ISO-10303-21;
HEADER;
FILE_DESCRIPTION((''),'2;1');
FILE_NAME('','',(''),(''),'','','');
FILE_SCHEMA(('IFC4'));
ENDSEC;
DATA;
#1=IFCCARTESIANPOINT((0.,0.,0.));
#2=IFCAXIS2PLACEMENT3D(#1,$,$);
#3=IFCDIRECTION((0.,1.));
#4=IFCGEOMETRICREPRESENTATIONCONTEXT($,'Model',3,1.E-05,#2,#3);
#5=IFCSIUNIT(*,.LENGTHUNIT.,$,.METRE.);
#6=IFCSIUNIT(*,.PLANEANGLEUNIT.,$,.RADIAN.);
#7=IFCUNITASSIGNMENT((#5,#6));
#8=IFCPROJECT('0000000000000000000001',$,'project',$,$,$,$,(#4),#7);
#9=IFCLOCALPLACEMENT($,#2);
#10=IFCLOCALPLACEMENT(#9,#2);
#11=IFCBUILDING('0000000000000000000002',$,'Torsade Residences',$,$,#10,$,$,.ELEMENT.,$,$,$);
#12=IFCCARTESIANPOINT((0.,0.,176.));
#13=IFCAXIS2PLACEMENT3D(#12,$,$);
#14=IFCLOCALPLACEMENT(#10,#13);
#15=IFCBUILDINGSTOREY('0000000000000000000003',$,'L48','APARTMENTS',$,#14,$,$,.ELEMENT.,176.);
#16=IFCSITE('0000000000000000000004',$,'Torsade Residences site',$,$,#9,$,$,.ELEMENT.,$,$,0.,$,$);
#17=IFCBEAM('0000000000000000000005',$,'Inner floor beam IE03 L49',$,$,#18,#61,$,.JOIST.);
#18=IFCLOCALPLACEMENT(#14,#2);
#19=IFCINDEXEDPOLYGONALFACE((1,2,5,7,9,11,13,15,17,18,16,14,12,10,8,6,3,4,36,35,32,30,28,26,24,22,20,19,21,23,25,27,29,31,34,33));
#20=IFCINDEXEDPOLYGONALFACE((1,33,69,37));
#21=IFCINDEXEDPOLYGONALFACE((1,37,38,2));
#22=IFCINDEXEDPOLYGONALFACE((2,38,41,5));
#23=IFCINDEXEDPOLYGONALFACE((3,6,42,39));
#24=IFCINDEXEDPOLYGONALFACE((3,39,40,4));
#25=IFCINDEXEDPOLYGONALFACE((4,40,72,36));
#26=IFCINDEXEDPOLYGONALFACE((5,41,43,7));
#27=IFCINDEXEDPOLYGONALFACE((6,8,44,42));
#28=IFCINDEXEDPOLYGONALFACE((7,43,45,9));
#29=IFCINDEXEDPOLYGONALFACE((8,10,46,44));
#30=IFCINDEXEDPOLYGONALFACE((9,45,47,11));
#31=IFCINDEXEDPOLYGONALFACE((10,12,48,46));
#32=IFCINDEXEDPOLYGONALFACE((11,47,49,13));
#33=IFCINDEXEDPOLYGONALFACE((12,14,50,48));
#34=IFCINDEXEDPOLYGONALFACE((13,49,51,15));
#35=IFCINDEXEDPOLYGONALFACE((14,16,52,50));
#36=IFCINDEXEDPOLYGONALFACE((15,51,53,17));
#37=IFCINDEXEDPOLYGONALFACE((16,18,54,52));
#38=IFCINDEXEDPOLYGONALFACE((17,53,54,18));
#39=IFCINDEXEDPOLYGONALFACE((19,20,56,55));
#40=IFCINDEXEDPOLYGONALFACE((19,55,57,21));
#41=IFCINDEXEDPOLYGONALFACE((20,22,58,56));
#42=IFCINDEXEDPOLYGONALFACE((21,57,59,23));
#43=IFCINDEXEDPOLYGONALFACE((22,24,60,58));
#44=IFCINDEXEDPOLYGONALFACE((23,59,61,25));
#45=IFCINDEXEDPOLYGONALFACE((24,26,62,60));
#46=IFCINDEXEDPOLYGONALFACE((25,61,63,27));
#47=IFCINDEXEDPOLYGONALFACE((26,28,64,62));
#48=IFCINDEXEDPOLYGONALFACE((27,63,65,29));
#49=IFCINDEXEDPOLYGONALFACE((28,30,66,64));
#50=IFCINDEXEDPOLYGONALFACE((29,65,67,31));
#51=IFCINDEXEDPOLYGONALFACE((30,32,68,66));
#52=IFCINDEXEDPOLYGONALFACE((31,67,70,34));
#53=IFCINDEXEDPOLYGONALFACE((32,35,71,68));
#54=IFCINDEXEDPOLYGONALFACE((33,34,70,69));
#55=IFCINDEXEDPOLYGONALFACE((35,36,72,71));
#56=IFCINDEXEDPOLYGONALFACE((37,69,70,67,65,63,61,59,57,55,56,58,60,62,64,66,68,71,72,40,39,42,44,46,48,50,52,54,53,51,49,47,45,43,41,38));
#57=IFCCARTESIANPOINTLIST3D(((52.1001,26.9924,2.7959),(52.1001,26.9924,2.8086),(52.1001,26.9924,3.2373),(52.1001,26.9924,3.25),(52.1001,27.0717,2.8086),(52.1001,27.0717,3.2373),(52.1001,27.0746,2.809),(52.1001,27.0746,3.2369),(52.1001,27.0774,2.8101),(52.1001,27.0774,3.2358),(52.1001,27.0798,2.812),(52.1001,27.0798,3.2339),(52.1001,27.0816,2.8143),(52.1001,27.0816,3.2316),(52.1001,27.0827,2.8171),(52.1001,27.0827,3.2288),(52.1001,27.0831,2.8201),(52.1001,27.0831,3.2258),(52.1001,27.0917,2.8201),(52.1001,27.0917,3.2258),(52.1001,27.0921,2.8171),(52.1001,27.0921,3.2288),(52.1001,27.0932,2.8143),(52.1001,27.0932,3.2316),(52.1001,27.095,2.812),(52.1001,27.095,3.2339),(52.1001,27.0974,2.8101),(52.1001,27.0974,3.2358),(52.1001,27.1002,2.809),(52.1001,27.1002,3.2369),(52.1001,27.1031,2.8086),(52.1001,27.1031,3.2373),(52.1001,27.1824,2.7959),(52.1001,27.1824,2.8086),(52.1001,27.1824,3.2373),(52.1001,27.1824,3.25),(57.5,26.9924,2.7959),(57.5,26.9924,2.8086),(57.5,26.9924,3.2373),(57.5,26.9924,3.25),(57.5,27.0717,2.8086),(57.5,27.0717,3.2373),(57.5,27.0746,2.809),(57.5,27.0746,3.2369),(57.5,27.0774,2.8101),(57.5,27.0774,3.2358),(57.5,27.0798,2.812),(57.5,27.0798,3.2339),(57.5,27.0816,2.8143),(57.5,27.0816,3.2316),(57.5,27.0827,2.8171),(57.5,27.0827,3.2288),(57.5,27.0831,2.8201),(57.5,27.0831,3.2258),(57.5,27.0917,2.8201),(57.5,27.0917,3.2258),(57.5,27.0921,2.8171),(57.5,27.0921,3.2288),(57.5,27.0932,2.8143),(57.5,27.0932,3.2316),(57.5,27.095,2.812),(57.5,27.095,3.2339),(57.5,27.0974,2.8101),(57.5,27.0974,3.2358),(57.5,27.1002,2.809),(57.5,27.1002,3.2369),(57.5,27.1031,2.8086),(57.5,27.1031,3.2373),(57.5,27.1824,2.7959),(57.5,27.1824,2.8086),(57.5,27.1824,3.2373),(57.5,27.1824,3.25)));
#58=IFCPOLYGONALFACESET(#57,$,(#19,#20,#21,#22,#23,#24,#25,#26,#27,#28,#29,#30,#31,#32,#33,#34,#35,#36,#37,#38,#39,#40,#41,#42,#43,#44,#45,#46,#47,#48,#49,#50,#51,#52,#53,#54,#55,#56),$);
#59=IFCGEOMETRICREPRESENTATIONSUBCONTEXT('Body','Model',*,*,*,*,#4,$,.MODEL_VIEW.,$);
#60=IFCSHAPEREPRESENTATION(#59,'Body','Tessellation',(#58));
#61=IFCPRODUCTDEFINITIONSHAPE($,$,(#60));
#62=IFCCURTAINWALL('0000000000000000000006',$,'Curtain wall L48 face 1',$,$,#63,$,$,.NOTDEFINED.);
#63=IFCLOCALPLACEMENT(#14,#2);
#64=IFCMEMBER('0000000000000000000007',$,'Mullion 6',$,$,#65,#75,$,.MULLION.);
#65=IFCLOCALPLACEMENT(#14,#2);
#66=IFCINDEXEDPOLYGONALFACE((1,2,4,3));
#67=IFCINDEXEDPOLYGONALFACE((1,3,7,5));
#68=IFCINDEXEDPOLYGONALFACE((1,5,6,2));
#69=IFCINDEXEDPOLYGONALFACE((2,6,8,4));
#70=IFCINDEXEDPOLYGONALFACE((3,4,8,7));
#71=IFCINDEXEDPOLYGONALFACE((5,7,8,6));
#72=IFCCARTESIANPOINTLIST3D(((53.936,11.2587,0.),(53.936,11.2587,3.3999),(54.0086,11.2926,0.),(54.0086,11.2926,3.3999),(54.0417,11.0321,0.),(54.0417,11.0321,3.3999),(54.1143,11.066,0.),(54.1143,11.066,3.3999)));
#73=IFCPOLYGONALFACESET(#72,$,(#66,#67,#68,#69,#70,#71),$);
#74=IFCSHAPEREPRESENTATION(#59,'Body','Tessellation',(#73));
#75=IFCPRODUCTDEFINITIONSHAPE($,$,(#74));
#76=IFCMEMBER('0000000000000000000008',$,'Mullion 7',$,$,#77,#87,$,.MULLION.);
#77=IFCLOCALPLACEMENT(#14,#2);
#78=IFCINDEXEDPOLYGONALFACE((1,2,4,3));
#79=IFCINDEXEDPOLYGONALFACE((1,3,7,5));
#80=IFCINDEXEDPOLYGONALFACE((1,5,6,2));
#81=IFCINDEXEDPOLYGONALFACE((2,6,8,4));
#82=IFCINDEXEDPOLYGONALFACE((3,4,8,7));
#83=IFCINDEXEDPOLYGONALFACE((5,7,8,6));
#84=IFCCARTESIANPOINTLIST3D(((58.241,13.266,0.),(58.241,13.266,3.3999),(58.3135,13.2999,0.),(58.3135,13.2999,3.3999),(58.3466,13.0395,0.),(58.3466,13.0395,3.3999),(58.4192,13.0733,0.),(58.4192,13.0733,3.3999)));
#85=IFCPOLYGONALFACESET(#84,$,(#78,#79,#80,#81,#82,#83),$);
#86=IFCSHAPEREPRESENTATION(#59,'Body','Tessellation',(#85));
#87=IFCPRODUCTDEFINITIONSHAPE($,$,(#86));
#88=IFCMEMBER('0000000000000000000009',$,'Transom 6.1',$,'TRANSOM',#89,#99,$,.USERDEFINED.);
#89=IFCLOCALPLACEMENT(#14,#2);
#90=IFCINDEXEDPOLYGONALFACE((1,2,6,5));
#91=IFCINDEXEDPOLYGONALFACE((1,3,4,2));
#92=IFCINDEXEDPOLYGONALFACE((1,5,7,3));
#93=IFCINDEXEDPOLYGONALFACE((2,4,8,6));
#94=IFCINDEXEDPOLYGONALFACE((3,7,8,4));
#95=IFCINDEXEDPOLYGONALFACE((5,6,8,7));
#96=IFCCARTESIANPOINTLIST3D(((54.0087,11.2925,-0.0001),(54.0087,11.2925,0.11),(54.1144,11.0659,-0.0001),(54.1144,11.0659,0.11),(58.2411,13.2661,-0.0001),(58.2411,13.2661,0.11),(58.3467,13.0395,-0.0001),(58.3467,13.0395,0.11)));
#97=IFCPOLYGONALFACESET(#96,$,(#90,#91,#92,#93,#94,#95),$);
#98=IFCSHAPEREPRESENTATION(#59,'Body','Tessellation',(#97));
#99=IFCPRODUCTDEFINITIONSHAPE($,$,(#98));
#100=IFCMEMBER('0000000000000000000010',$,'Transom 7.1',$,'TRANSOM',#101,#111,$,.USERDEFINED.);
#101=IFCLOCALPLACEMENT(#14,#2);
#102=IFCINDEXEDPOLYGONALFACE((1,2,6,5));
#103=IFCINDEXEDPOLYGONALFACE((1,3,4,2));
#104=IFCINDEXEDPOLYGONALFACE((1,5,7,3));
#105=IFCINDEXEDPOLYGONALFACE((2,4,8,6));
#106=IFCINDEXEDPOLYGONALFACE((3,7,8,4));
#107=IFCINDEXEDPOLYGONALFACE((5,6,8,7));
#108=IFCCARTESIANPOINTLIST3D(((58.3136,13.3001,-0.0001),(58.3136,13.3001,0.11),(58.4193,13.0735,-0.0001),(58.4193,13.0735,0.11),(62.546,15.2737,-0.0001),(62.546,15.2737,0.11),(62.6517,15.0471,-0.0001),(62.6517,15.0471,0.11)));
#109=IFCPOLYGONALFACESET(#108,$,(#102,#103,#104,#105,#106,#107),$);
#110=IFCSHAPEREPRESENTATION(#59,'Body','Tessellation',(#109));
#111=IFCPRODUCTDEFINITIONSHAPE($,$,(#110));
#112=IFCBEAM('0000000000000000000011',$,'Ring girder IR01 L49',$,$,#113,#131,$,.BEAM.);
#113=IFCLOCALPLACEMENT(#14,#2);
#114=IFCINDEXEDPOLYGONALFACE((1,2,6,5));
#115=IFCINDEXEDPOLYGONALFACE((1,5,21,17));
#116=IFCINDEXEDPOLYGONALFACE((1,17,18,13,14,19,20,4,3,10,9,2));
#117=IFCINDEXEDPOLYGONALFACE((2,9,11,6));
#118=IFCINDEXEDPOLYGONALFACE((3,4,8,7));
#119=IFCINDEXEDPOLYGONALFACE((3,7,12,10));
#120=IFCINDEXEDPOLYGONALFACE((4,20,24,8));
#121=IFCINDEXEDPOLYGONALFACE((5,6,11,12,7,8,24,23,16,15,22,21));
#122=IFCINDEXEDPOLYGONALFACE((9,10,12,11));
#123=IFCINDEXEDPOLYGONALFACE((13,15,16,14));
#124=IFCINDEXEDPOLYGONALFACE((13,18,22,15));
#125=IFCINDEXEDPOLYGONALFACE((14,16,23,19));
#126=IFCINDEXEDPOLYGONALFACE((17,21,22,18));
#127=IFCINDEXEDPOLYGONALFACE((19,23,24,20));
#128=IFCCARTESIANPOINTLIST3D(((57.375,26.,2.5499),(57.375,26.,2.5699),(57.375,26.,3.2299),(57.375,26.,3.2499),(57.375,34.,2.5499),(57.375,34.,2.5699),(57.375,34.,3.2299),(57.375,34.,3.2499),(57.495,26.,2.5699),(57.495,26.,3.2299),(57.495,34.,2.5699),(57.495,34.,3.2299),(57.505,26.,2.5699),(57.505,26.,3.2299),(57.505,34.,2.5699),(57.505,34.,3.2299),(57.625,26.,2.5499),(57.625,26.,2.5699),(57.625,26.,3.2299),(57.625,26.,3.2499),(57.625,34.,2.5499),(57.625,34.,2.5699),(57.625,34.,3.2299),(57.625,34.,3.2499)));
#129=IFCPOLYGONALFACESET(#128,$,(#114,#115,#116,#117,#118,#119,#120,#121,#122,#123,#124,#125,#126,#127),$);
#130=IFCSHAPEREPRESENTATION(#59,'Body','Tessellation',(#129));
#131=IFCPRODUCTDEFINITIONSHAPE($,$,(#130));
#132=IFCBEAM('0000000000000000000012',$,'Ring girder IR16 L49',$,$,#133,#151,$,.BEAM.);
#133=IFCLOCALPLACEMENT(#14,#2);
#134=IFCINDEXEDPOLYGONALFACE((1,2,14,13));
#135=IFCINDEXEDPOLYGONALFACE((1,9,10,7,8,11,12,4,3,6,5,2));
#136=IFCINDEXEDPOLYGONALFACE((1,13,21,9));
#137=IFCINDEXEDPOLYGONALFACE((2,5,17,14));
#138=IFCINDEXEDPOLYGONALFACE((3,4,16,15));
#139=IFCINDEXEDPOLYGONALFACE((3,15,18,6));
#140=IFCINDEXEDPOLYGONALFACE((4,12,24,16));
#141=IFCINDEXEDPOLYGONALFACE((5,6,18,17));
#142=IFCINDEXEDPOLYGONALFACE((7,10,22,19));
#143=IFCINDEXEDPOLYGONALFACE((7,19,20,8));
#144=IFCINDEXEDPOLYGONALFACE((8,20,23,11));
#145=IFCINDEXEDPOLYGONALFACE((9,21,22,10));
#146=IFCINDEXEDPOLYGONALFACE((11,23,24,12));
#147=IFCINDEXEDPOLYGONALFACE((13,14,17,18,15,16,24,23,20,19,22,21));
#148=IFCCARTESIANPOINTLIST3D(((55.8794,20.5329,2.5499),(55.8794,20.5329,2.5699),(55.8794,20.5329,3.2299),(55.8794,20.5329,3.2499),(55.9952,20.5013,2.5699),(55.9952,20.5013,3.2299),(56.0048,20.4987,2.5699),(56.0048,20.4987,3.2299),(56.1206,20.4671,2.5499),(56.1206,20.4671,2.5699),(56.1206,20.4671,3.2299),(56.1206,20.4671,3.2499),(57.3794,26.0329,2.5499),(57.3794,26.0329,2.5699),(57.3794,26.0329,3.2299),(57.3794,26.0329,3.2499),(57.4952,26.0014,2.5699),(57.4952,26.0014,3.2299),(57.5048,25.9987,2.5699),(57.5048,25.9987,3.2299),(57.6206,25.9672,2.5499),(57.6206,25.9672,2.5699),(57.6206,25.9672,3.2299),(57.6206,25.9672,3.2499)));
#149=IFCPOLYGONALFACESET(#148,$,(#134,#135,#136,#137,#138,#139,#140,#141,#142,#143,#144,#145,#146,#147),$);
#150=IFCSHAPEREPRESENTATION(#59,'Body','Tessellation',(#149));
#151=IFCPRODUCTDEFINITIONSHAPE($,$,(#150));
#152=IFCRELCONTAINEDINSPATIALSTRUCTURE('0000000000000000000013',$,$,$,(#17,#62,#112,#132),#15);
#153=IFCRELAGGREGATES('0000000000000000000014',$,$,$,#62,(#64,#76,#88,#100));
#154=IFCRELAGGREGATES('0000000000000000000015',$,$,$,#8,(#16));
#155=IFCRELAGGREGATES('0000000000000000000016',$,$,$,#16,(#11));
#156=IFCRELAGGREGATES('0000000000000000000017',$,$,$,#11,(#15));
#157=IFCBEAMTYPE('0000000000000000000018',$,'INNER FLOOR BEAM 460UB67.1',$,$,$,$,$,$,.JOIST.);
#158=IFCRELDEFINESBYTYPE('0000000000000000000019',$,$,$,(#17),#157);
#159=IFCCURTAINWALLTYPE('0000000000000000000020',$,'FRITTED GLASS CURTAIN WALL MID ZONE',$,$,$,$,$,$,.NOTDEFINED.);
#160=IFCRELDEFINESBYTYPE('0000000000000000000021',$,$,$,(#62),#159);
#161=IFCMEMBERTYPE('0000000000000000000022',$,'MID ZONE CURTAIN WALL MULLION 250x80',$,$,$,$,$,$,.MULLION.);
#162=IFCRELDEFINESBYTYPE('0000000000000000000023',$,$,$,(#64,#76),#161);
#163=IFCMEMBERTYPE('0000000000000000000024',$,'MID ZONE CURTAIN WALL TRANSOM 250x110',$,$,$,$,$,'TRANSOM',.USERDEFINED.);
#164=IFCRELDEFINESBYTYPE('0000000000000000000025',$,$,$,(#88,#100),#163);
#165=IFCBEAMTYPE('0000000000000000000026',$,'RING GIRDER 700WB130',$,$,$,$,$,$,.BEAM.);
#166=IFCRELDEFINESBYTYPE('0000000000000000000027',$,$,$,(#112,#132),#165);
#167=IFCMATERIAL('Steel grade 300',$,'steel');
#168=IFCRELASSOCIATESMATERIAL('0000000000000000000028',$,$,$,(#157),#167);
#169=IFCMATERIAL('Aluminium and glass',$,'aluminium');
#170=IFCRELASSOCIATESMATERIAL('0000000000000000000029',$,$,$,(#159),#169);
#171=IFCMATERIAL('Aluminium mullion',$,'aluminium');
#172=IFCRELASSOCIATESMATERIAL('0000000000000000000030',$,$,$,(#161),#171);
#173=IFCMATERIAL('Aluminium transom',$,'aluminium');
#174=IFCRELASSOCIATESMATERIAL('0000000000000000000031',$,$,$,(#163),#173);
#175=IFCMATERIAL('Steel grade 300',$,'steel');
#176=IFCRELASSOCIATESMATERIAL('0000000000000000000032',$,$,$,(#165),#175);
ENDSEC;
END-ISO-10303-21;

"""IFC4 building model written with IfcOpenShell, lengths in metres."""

from ifc_helpers import new_model, si_unit, direction, frame, origin, origin_2d, place, context, subcontext, project, spatial, rectangle, i_section, extrude, material, material_profile, profile_set, type_object, element, aggregate, save


model = new_model("IFC4")

# Units and contexts
model_context = context("Model", 3, precision=1e-05, world=origin(), true_north=direction((0.0, 1.0)))
body_context = subcontext(model_context, "Body", "Model", "MODEL_VIEW")
ifc_project = project(units=[si_unit("LENGTHUNIT", "METRE"), si_unit("PLANEANGLEUNIT", "RADIAN")], contexts=[model_context])

# Site, building, storey
site_placement = place(None, origin())
site = spatial("IfcSite", under=ifc_project, at=site_placement, Name="Torsade Residences site", CompositionType="ELEMENT", RefElevation=0.0)
building_placement = place(site_placement, origin())
building = spatial("IfcBuilding", under=site, at=building_placement, Name="Torsade Residences", CompositionType="ELEMENT")
storey_placement = place(building_placement, frame((0.0, 0.0, 176.0)))
storey = spatial("IfcBuildingStorey", under=building, at=storey_placement, Name="L48", Description="APARTMENTS", CompositionType="ELEMENT", Elevation=176.0)

# Beam
ifc_material_1 = material(Name="Steel grade 300", Category="steel")
ifc_material_profile_1 = material_profile(ifc_material_1, i_section(OverallWidth=0.1899, OverallDepth=0.4541, WebThickness=0.0085, FlangeThickness=0.0127, FilletRadius=0.0115, at=origin_2d()), Name="460UB67.1")
ifc_profile_set_1 = profile_set([ifc_material_profile_1], Name="Steel grade 300")
beam_type_1 = type_object("IfcBeamType", Name="INNER FLOOR BEAM 460UB67.1", PredefinedType="JOIST", material=ifc_profile_set_1)
beam_1_placement = place(storey_placement, frame((52.1001, 27.0874, 3.0229), z_axis=(1.0, 0.0, 0.0), x_axis=(0.0, 1.0, 0.0)))
element("IfcBeam", 1, at=beam_1_placement, inside=storey, type_object=beam_type_1, Name="Inner floor beam IE03 L49", PredefinedType="JOIST", context=body_context, shape_type="SweptSolid", body=[
    extrude(i_section(OverallWidth=0.1899, OverallDepth=0.4541, WebThickness=0.0085, FlangeThickness=0.0127, FilletRadius=0.0115, at=origin_2d()), origin(), (0.0, 0.0, 1.0), 5.3999),
])

# Curtain wall, members
ifc_material_2 = material(Name="Aluminium and glass", Category="aluminium")
curtain_wall_type = type_object("IfcCurtainWallType", Name="FRITTED GLASS CURTAIN WALL MID ZONE", PredefinedType="NOTDEFINED", material=ifc_material_2)
curtain_wall_placement = place(storey_placement, origin())
curtain_wall = element("IfcCurtainWall", 2, at=curtain_wall_placement, inside=storey, type_object=curtain_wall_type, Name="Curtain wall L48 face 1", PredefinedType="NOTDEFINED")
ifc_material_3 = material(Name="Aluminium mullion", Category="aluminium")
ifc_material_profile_2 = material_profile(ifc_material_3, rectangle(XDim=0.25, YDim=0.0801, at=origin_2d()), Name="MID ZONE CURTAIN WALL MULLION 250x80")
ifc_profile_set_2 = profile_set([ifc_material_profile_2], Name="Aluminium mullion")
member_type_1 = type_object("IfcMemberType", Name="MID ZONE CURTAIN WALL MULLION 250x80", PredefinedType="MULLION", material=ifc_profile_set_2)
member_1_placement = place(storey_placement, frame((54.0251, 11.1624, 0.0), z_axis=(0.0, 0.0, 1.0), x_axis=(-0.422618, 0.906308, 0.0)))
member_1 = element("IfcMember", 3, at=member_1_placement, type_object=member_type_1, Name="Mullion 6", PredefinedType="MULLION", context=body_context, shape_type="SweptSolid", body=[
    extrude(rectangle(XDim=0.25, YDim=0.0801, at=origin_2d()), origin(), (0.0, 0.0, 1.0), 3.3999),
])
member_2_placement = place(storey_placement, frame((58.3301, 13.1697, 0.0), z_axis=(0.0, 0.0, 1.0), x_axis=(-0.422618, 0.906308, 0.0)))
member_2 = element("IfcMember", 4, at=member_2_placement, type_object=member_type_1, Name="Mullion 7", PredefinedType="MULLION", context=body_context, shape_type="SweptSolid", body=[
    extrude(rectangle(XDim=0.25, YDim=0.0801, at=origin_2d()), origin(), (0.0, 0.0, 1.0), 3.3999),
])
ifc_material_4 = material(Name="Aluminium transom", Category="aluminium")
ifc_material_profile_3 = material_profile(ifc_material_4, rectangle(XDim=0.25, YDim=0.1101, at=origin_2d()), Name="MID ZONE CURTAIN WALL TRANSOM 250x110")
ifc_profile_set_3 = profile_set([ifc_material_profile_3], Name="Aluminium transom")
member_type_2 = type_object("IfcMemberType", Name="MID ZONE CURTAIN WALL TRANSOM 250x110", ElementType="TRANSOM", PredefinedType="USERDEFINED", material=ifc_profile_set_3)
member_3_placement = place(storey_placement, frame((54.0615, 11.1792, 0.0549), z_axis=(0.906306, 0.422622, 0.0), x_axis=(-0.422622, 0.906306, 0.0)))
member_3 = element("IfcMember", 5, at=member_3_placement, type_object=member_type_2, Name="Transom 6.1", ObjectType="TRANSOM", PredefinedType="USERDEFINED", context=body_context, shape_type="SweptSolid", body=[
    extrude(rectangle(XDim=0.25, YDim=0.1101, at=origin_2d()), origin(), (0.0, 0.0, 1.0), 4.6699),
])
member_4_placement = place(storey_placement, frame((58.3665, 13.1868, 0.0549), z_axis=(0.906306, 0.422622, 0.0), x_axis=(-0.422622, 0.906306, 0.0)))
member_4 = element("IfcMember", 6, at=member_4_placement, type_object=member_type_2, Name="Transom 7.1", ObjectType="TRANSOM", PredefinedType="USERDEFINED", context=body_context, shape_type="SweptSolid", body=[
    extrude(rectangle(XDim=0.25, YDim=0.1101, at=origin_2d()), origin(), (0.0, 0.0, 1.0), 4.6699),
])

# Beams
ifc_material_5 = material(Name="Steel grade 300", Category="steel")
ifc_material_profile_4 = material_profile(ifc_material_5, i_section(OverallWidth=0.25, OverallDepth=0.7, WebThickness=0.01, FlangeThickness=0.02, at=origin_2d()), Name="700WB130")
ifc_profile_set_4 = profile_set([ifc_material_profile_4], Name="Steel grade 300")
beam_type_2 = type_object("IfcBeamType", Name="RING GIRDER 700WB130", PredefinedType="BEAM", material=ifc_profile_set_4)
beam_2_placement = place(storey_placement, frame((57.5, 26.0, 2.8999), z_axis=(0.0, 1.0, 0.0), x_axis=(-1.0, 0.0, 0.0)))
element("IfcBeam", 7, at=beam_2_placement, inside=storey, type_object=beam_type_2, Name="Ring girder IR01 L49", PredefinedType="BEAM", context=body_context, shape_type="SweptSolid", body=[
    extrude(i_section(OverallWidth=0.25, OverallDepth=0.7, WebThickness=0.01, FlangeThickness=0.02, at=origin_2d()), origin(), (0.0, 0.0, 1.0), 8.0),
])
beam_3_placement = place(storey_placement, frame((56.0, 20.5, 2.8999), z_axis=(0.263117, 0.964764, 0.0), x_axis=(-0.964764, 0.263117, 0.0)))
element("IfcBeam", 8, at=beam_3_placement, inside=storey, type_object=beam_type_2, Name="Ring girder IR16 L49", PredefinedType="BEAM", context=body_context, shape_type="SweptSolid", body=[
    extrude(i_section(OverallWidth=0.25, OverallDepth=0.7, WebThickness=0.01, FlangeThickness=0.02, at=origin_2d()), origin(), (0.0, 0.0, 1.0), 5.7009),
])

aggregate(curtain_wall, [member_1, member_2, member_3, member_4])

save(model, "model.ifc")
